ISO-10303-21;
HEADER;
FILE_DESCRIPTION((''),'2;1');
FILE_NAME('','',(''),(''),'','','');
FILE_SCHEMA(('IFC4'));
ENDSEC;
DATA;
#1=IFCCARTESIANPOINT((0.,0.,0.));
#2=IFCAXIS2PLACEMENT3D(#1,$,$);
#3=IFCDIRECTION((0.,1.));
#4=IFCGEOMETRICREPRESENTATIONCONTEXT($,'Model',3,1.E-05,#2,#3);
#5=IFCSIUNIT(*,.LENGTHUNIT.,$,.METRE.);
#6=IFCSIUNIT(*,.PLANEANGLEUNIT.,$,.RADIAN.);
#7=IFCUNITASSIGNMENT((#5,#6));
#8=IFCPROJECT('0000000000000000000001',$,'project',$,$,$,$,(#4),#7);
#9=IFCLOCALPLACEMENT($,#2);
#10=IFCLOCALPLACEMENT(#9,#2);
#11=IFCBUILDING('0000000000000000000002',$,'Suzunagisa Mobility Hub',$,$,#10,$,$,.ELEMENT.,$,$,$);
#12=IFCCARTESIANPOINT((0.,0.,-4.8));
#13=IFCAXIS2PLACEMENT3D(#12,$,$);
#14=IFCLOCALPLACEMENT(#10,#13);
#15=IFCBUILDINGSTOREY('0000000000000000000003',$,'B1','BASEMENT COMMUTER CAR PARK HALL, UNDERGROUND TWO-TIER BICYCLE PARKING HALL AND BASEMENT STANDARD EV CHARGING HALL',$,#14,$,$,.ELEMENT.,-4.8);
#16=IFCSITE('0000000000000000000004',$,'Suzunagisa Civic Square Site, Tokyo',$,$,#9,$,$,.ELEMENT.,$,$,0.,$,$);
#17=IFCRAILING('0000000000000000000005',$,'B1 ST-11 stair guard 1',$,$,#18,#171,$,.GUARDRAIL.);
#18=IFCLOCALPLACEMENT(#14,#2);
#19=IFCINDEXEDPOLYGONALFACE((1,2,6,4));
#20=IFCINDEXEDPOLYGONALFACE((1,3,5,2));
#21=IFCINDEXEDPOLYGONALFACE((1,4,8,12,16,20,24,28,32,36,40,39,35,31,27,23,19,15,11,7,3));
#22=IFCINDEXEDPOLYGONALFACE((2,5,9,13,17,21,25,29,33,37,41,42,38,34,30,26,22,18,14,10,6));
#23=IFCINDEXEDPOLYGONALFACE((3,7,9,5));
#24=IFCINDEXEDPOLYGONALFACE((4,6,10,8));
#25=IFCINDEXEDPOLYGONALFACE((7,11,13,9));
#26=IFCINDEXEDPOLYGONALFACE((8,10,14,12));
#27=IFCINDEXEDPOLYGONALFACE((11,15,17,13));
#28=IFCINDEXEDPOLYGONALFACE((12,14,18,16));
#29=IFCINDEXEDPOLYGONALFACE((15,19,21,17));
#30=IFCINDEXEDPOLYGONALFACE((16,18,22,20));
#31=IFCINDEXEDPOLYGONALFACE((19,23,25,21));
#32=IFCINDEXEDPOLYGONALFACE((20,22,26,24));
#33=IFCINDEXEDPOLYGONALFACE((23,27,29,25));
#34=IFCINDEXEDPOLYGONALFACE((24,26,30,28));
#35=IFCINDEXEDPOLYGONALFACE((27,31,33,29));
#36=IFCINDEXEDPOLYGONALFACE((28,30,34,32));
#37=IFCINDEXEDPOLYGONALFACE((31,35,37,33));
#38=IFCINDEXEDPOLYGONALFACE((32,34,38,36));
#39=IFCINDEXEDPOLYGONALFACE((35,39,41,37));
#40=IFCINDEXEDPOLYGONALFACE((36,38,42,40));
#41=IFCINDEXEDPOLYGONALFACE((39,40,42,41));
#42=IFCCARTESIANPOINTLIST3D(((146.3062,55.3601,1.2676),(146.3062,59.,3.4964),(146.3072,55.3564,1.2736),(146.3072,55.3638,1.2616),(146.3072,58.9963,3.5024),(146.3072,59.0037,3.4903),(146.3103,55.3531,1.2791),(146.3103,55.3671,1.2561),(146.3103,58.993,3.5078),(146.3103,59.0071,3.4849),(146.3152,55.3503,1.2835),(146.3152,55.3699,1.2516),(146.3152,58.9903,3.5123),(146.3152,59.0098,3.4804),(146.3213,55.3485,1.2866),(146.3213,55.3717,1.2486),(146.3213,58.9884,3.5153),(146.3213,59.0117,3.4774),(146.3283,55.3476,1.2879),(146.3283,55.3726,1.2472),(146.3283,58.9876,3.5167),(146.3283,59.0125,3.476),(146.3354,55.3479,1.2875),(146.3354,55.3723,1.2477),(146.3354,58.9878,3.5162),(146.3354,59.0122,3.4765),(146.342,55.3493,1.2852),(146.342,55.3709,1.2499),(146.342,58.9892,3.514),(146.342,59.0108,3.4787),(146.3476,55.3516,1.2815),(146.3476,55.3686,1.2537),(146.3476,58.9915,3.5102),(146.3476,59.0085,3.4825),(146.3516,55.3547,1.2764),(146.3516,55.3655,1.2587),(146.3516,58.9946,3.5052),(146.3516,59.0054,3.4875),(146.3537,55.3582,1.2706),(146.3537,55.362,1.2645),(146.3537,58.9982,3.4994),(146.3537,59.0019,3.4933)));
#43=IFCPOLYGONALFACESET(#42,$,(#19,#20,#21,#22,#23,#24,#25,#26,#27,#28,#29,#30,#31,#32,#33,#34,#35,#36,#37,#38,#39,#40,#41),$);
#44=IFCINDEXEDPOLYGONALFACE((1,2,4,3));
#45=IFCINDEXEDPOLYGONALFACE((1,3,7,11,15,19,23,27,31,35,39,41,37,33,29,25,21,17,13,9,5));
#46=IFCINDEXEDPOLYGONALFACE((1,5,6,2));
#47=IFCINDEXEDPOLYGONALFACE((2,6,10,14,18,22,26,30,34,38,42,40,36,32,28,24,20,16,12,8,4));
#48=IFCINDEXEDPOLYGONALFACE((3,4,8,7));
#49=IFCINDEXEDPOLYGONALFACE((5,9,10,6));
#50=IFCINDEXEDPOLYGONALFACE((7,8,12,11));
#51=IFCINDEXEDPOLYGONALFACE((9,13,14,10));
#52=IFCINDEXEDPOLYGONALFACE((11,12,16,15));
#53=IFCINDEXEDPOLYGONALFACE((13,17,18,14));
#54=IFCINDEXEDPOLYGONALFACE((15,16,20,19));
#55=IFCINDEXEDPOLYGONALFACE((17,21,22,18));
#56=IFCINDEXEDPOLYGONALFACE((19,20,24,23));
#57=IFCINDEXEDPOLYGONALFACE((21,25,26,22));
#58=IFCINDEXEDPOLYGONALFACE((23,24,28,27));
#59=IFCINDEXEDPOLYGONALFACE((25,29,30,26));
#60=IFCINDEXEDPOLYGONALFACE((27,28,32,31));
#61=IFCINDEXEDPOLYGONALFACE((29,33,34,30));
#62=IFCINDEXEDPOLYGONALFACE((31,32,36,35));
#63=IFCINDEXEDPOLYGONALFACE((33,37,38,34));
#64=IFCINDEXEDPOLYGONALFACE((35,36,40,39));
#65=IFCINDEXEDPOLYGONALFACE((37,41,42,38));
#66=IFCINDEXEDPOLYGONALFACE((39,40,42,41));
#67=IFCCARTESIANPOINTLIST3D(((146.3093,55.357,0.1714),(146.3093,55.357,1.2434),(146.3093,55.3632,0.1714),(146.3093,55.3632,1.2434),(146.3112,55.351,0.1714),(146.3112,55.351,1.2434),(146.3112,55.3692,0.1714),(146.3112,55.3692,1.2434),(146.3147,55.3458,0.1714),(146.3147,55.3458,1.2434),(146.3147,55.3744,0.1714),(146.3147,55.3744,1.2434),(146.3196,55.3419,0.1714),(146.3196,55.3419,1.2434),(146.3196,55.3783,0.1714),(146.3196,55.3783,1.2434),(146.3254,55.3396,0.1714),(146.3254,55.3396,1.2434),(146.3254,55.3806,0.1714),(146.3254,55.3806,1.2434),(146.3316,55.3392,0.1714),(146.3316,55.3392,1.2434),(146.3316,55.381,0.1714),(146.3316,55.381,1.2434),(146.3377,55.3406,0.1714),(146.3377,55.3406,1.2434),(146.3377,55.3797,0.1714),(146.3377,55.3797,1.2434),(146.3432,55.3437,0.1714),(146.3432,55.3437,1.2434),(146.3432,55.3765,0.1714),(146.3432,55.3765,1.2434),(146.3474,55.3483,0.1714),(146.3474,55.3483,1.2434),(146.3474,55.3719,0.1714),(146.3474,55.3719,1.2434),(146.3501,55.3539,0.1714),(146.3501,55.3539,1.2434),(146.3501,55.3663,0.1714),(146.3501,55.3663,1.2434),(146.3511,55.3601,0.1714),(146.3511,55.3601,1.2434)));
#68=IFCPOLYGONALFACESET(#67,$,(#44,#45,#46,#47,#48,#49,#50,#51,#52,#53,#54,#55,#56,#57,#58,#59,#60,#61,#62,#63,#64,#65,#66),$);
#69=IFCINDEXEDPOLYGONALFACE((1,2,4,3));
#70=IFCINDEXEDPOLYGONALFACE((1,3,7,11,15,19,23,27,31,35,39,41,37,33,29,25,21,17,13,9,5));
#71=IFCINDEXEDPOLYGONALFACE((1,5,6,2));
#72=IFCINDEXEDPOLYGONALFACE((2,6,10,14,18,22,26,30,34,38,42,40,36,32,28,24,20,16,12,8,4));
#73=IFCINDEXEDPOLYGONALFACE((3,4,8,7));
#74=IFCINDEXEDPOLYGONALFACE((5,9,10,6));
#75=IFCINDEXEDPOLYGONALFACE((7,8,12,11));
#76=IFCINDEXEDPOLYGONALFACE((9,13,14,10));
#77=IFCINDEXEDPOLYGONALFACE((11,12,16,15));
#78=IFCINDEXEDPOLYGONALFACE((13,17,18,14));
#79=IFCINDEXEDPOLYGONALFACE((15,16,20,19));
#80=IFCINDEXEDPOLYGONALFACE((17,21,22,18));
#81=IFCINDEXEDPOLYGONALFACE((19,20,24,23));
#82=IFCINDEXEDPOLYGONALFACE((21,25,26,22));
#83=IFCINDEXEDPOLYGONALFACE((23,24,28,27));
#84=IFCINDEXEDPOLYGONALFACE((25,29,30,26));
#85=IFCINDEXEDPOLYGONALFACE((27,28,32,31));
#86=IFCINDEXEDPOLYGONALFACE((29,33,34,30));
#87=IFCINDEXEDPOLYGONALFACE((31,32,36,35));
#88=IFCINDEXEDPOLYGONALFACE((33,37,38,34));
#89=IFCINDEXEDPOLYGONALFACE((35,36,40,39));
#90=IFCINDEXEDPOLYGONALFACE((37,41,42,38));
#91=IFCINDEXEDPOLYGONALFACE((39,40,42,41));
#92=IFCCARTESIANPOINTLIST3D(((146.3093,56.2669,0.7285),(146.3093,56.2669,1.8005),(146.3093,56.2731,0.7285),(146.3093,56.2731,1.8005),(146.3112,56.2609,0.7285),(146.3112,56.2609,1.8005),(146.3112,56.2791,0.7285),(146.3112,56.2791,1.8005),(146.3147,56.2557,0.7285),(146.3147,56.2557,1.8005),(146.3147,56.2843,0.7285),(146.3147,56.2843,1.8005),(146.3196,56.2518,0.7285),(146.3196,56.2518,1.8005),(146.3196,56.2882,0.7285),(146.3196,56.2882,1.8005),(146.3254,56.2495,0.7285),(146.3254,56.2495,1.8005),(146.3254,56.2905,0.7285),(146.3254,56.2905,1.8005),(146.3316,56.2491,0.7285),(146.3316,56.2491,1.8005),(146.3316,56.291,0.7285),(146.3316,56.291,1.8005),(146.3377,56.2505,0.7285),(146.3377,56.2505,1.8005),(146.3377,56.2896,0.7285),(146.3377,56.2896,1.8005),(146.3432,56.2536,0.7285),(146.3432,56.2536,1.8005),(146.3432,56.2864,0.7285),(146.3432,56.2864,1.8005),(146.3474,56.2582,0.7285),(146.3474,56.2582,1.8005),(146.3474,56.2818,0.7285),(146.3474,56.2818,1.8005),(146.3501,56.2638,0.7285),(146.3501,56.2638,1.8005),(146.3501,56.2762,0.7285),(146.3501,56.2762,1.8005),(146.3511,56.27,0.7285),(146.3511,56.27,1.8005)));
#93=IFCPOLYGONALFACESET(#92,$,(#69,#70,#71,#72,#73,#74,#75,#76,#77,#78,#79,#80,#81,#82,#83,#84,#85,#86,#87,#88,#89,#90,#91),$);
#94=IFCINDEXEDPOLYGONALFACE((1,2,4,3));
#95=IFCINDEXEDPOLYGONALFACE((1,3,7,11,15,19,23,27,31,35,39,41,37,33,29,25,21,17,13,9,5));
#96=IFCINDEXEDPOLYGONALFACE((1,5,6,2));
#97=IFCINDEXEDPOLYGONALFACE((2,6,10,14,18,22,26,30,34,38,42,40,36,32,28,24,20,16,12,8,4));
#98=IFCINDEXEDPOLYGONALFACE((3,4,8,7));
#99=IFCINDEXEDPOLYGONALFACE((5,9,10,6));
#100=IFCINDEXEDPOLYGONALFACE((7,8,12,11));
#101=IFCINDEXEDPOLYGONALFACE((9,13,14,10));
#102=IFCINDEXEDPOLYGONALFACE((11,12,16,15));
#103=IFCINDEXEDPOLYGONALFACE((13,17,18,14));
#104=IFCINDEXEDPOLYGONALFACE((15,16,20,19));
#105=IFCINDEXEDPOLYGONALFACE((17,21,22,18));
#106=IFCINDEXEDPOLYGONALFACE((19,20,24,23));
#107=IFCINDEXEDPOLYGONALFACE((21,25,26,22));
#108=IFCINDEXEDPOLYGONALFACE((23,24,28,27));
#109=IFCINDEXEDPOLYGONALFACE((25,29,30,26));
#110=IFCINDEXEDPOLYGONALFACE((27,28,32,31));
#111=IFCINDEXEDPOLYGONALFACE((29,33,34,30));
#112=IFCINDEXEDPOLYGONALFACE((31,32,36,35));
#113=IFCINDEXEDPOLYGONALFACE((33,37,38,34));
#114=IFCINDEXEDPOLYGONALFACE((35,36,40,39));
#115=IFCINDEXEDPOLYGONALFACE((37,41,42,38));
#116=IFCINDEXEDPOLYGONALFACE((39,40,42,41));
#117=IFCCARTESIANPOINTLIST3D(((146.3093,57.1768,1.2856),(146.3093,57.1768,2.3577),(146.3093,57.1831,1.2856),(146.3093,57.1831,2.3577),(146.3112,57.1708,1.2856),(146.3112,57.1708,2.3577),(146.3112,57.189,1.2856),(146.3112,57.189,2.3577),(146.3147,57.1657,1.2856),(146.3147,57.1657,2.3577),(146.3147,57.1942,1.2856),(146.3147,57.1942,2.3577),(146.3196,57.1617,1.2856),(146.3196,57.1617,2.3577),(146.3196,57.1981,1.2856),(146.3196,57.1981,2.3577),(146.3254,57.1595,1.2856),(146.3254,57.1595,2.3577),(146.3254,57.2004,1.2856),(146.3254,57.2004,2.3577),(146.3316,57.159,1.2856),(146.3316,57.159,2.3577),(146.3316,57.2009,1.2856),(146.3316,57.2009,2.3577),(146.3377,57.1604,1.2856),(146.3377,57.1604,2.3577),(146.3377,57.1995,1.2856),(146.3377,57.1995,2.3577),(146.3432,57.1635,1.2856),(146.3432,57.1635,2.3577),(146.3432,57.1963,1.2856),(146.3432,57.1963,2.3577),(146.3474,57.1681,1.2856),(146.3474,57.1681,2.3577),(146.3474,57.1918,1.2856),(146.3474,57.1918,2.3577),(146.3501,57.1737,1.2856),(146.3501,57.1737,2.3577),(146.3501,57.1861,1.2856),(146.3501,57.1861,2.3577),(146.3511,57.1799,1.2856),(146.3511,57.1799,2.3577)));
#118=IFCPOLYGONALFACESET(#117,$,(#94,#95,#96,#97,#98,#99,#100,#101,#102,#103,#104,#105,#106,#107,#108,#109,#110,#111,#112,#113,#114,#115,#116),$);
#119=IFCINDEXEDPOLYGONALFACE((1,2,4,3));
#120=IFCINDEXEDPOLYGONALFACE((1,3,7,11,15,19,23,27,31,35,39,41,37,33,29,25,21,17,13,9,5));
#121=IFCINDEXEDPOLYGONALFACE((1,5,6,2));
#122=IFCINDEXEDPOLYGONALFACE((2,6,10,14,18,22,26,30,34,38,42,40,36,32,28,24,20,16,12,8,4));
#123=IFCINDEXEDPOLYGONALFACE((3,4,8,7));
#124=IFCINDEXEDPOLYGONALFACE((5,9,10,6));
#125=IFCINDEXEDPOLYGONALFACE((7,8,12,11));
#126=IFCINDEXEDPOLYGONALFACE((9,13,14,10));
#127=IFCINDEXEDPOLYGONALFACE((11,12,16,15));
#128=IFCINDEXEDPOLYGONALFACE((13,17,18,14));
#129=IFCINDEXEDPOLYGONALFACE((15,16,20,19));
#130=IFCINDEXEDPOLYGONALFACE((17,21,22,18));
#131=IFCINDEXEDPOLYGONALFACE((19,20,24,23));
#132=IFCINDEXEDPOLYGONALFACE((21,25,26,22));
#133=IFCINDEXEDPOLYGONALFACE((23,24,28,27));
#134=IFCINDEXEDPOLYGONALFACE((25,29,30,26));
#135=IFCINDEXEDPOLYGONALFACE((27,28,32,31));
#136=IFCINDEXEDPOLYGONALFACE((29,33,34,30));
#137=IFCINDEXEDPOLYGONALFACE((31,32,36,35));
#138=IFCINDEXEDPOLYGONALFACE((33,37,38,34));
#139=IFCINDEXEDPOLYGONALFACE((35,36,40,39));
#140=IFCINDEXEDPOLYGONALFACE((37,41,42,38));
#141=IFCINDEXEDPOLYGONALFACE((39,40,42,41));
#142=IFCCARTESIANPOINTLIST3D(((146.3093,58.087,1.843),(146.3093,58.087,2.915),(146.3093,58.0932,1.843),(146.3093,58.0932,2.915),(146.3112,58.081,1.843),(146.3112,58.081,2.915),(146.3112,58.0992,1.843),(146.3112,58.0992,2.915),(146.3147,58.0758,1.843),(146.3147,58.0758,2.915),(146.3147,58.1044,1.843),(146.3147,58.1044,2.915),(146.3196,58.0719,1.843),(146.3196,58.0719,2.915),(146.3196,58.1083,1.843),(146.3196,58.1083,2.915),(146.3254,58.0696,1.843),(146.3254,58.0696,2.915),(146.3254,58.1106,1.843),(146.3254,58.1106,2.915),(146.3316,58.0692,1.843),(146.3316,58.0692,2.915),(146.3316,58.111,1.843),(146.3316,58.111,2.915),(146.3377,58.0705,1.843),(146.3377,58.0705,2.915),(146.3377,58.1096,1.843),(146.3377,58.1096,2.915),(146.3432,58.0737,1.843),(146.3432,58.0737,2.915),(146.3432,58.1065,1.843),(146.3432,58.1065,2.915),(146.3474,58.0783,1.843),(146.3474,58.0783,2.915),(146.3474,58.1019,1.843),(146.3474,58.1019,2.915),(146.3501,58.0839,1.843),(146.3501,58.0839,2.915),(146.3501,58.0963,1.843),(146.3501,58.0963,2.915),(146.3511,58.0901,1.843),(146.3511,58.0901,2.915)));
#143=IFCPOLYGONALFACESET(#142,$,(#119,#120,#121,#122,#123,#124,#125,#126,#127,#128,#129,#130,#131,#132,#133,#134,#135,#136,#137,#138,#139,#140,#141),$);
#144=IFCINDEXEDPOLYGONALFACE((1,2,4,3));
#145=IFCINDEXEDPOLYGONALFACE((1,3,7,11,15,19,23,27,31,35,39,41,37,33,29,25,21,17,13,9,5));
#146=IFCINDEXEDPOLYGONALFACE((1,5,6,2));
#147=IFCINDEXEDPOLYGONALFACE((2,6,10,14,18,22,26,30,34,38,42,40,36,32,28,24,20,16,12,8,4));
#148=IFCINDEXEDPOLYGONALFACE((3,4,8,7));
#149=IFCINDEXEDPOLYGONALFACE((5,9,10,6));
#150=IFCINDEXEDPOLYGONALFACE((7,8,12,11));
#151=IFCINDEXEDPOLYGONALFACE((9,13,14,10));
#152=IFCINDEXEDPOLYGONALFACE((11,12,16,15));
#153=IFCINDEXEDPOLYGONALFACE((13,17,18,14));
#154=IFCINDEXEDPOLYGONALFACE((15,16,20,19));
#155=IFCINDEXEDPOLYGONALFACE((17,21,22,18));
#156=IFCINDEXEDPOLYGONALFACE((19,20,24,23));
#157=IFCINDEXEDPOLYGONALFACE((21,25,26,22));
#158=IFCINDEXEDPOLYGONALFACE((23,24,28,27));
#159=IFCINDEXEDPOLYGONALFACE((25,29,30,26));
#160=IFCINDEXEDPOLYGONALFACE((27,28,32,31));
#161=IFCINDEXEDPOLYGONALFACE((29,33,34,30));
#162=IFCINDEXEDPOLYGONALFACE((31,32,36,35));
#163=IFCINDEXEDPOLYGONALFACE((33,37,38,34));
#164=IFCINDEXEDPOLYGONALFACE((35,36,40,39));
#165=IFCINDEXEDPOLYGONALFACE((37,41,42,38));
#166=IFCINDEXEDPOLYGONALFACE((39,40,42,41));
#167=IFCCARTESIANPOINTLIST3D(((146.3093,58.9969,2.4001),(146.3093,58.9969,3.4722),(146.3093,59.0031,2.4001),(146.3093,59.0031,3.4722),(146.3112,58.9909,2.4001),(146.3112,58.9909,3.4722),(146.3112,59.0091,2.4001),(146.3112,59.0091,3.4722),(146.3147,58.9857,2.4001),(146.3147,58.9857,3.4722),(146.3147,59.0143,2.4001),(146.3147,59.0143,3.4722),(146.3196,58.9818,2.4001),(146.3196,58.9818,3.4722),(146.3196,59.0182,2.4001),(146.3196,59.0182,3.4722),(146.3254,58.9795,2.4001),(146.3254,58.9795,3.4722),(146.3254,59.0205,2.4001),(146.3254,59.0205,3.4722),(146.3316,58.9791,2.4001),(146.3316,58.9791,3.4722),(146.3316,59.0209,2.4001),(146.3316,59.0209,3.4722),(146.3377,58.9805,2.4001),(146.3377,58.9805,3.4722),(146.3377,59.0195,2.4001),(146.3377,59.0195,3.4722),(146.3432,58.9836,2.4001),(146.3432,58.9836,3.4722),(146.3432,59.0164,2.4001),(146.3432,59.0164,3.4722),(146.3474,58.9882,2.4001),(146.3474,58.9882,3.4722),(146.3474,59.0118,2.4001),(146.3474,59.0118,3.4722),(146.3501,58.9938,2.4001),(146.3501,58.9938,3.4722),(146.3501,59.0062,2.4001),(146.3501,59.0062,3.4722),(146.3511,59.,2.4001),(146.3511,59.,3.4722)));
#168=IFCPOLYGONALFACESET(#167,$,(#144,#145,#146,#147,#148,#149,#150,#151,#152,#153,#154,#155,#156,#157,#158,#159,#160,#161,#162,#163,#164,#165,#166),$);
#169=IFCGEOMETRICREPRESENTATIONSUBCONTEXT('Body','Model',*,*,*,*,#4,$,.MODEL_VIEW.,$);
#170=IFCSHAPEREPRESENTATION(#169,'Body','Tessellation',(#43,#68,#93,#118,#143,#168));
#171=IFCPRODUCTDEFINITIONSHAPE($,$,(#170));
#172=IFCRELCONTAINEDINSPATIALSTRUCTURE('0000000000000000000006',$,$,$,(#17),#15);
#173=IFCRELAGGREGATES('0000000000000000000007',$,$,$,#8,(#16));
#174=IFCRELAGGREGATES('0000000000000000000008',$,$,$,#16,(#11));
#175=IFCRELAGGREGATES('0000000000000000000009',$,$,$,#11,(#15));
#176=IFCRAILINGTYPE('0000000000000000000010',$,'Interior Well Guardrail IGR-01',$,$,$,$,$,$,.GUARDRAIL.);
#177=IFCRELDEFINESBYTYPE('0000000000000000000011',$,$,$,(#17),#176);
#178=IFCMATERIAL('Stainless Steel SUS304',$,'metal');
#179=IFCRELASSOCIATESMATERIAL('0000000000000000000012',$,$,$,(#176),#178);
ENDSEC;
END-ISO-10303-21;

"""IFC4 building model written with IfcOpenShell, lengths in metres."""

from ifc_helpers import new_model, si_unit, direction, frame, origin, origin_2d, place, context, subcontext, project, spatial, circle, extrude, material, type_object, element, save


model = new_model("IFC4")

# Units and contexts
model_context = context("Model", 3, precision=1e-05, world=origin(), true_north=direction((0.0, 1.0)))
body_context = subcontext(model_context, "Body", "Model", "MODEL_VIEW")
ifc_project = project(units=[si_unit("LENGTHUNIT", "METRE"), si_unit("PLANEANGLEUNIT", "RADIAN")], contexts=[model_context])

# Site, building, storey
site_placement = place(None, origin())
site = spatial("IfcSite", under=ifc_project, at=site_placement, Name="Suzunagisa Civic Square Site, Tokyo", CompositionType="ELEMENT", RefElevation=0.0)
building_placement = place(site_placement, origin())
building = spatial("IfcBuilding", under=site, at=building_placement, Name="Suzunagisa Mobility Hub", CompositionType="ELEMENT")
storey_placement = place(building_placement, frame((0.0, 0.0, -4.8)))
storey = spatial("IfcBuildingStorey", under=building, at=storey_placement, Name="B1", Description="BASEMENT COMMUTER CAR PARK HALL, UNDERGROUND TWO-TIER BICYCLE PARKING HALL AND BASEMENT STANDARD EV CHARGING HALL", CompositionType="ELEMENT", Elevation=-4.8)

# Railing
ifc_material_1 = material(Name="Stainless Steel SUS304", Category="metal")
railing_type_1 = type_object("IfcRailingType", Name="Interior Well Guardrail IGR-01", PredefinedType="GUARDRAIL", material=ifc_material_1)
railing_1_placement = place(storey_placement, frame((146.3301, 55.3601, 0.1714)))
element("IfcRailing", 1, at=railing_1_placement, inside=storey, type_object=railing_type_1, Name="B1 ST-11 stair guard 1", PredefinedType="GUARDRAIL", context=body_context, shape_type="SweptSolid", body=[
    extrude(circle(Radius=0.0239, at=origin_2d()), frame((0.0, 0.0, 1.0962), z_axis=(0.0, 0.852825, 0.522197), x_axis=(-1.0, 0.0, 0.0)), (0.0, 0.0, 1.0), 4.2681),
    extrude(circle(Radius=0.021, at=origin_2d()), origin(), (0.0, 0.0, 1.0), 1.072),
    extrude(circle(Radius=0.021, at=origin_2d()), frame((0.0, 0.9099, 0.5571)), (0.0, 0.0, 1.0), 1.072),
    extrude(circle(Radius=0.021, at=origin_2d()), frame((0.0, 1.8198, 1.1143)), (0.0, 0.0, 1.0), 1.072),
    extrude(circle(Radius=0.021, at=origin_2d()), frame((0.0, 2.73, 1.6716)), (0.0, 0.0, 1.0), 1.072),
    extrude(circle(Radius=0.021, at=origin_2d()), frame((0.0, 3.6399, 2.2288)), (0.0, 0.0, 1.0), 1.072),
])

save(model, "model.ifc")
